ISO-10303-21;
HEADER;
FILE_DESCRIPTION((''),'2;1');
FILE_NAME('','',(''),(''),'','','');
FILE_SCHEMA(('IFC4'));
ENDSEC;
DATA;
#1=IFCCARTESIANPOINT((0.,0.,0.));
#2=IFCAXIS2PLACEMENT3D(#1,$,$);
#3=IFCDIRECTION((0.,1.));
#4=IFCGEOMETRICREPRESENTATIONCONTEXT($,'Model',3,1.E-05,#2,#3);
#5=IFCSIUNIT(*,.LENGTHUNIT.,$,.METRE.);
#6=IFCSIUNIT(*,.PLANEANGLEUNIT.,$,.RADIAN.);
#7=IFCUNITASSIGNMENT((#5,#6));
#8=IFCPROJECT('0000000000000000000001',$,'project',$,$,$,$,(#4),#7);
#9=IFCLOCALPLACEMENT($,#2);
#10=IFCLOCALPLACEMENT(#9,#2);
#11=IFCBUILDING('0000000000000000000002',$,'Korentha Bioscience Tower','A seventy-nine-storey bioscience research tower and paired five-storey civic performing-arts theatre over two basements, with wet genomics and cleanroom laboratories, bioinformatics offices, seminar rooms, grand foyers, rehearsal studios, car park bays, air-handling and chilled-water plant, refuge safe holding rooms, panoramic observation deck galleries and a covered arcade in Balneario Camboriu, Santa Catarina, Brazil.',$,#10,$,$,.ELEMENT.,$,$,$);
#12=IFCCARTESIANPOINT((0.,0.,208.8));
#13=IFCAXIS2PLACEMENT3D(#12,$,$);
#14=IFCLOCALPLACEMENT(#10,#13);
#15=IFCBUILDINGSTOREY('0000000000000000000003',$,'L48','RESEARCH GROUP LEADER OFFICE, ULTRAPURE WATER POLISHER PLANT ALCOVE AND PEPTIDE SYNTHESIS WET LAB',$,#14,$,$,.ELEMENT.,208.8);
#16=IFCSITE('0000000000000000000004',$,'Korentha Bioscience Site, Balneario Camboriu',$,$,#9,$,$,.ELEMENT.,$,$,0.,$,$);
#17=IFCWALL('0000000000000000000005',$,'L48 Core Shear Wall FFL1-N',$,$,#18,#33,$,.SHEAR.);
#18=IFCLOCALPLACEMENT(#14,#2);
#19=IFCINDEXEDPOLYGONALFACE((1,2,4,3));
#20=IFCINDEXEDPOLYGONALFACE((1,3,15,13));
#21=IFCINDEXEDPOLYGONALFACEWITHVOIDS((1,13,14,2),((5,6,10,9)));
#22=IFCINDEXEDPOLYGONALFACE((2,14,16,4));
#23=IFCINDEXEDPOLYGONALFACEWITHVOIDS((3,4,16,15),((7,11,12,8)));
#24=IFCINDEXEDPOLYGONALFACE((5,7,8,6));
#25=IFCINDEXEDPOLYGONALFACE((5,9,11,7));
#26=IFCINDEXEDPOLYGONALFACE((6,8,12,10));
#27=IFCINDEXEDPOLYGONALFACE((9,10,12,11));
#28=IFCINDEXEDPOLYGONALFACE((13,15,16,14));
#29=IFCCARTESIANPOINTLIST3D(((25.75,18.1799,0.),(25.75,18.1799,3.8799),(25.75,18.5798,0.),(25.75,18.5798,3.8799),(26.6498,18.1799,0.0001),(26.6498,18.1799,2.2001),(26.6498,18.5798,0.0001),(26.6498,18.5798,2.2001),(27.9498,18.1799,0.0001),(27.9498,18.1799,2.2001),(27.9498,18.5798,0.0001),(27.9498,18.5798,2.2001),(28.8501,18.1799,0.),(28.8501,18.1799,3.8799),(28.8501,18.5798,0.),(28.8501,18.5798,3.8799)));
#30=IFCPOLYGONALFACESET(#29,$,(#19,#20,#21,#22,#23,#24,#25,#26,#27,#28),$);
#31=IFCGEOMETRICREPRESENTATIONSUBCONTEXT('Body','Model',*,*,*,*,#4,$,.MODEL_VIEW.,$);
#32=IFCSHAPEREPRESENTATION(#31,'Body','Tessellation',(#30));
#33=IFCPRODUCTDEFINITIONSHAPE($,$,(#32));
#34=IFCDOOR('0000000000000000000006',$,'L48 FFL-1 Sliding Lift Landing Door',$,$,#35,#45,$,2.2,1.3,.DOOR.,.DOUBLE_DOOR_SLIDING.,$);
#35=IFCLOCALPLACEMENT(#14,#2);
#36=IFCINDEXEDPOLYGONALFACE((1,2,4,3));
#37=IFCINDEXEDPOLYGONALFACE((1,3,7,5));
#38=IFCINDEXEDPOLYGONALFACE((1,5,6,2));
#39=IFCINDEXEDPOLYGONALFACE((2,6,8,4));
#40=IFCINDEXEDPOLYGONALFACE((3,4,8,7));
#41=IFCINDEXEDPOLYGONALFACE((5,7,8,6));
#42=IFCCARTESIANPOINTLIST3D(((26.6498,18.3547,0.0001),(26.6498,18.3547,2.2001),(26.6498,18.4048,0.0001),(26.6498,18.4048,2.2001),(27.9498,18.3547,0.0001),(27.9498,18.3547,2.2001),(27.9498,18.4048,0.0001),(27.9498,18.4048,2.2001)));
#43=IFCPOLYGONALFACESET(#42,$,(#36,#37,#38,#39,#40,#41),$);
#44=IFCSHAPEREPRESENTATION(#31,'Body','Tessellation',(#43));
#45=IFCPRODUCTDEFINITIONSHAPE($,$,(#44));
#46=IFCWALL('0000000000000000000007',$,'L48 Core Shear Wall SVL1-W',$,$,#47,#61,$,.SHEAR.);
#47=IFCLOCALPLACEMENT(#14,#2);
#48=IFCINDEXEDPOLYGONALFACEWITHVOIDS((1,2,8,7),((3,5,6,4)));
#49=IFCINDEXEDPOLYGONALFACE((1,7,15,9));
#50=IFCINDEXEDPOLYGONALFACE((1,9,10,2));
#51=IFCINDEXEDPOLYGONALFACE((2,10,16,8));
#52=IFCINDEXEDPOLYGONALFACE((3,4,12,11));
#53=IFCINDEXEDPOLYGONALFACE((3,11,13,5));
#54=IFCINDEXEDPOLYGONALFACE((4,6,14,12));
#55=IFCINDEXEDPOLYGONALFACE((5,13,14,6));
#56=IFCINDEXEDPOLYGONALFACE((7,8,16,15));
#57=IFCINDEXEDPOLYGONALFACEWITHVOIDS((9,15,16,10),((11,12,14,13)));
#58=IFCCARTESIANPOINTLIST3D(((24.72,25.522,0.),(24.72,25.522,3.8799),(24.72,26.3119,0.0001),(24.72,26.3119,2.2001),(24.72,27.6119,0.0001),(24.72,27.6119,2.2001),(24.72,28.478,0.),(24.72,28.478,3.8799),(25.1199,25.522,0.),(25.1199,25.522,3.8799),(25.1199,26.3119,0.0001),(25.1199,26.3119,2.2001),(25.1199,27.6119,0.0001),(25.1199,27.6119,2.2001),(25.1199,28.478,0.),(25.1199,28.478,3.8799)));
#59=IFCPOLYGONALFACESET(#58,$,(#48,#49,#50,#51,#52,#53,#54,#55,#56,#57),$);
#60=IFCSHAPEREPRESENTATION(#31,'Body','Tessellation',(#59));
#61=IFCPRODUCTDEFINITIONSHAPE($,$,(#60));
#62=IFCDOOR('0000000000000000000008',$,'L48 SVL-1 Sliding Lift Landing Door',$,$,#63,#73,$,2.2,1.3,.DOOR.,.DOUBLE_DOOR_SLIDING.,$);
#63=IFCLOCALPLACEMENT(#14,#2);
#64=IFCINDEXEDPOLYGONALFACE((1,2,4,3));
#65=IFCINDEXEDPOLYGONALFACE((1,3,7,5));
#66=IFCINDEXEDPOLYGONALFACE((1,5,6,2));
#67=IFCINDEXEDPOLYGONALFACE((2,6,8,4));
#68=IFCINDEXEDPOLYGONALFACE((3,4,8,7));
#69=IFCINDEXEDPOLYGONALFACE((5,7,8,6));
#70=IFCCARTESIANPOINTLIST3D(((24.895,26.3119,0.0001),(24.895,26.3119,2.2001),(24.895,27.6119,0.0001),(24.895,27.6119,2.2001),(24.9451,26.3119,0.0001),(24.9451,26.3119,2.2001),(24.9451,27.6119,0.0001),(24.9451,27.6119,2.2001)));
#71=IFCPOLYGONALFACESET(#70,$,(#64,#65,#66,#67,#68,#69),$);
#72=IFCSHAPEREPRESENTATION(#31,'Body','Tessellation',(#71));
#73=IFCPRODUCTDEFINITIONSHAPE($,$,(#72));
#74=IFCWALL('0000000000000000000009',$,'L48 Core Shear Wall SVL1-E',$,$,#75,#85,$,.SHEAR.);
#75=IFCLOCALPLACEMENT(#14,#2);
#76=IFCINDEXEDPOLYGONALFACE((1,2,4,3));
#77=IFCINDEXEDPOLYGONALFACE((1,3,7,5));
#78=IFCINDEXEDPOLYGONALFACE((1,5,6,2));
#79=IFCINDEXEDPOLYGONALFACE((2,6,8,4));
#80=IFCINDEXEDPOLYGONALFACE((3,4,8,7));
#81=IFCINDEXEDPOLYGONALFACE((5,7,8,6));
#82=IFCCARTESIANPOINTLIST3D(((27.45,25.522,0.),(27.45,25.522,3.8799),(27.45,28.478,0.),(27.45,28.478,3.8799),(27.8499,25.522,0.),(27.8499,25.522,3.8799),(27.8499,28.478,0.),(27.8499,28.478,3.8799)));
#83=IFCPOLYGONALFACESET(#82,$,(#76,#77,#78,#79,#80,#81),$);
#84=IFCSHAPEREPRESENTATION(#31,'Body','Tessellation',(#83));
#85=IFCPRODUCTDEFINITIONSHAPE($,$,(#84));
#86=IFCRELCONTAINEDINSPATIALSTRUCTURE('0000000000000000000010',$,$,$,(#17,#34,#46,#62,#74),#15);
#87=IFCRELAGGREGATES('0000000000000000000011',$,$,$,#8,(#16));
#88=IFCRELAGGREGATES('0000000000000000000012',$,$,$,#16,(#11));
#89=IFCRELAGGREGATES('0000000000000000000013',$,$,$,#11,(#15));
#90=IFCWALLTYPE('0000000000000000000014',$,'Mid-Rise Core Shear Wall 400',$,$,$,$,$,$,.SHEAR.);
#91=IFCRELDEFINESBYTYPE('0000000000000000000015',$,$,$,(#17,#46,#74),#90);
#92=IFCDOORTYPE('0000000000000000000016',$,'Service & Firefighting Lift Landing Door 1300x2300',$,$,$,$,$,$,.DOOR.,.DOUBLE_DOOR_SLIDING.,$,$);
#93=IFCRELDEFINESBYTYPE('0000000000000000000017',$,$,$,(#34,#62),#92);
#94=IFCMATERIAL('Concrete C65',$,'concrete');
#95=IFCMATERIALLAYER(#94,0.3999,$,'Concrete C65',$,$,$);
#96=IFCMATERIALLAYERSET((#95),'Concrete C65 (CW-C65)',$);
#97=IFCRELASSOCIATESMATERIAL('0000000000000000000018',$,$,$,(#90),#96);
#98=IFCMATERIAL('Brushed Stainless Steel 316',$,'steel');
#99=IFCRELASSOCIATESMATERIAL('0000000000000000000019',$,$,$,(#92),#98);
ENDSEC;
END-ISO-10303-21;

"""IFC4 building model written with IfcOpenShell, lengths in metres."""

from ifc_helpers import new_model, si_unit, direction, frame, frame_2d, origin, place, context, subcontext, project, spatial, rectangle, extrude, material, layer, layer_set, type_object, element, fill, save


model = new_model("IFC4")

# Units and contexts
model_context = context("Model", 3, precision=1e-05, world=origin(), true_north=direction((0.0, 1.0)))
body_context = subcontext(model_context, "Body", "Model", "MODEL_VIEW")
ifc_project = project(units=[si_unit("LENGTHUNIT", "METRE"), si_unit("PLANEANGLEUNIT", "RADIAN")], contexts=[model_context])

# Site, building, storey
site_placement = place(None, origin())
site = spatial("IfcSite", under=ifc_project, at=site_placement, Name="Korentha Bioscience Site, Balneario Camboriu", CompositionType="ELEMENT", RefElevation=0.0)
building_placement = place(site_placement, origin())
building = spatial("IfcBuilding", under=site, at=building_placement, Name="Korentha Bioscience Tower", Description="A seventy-nine-storey bioscience research tower and paired five-storey civic performing-arts theatre over two basements, with wet genomics and cleanroom laboratories, bioinformatics offices, seminar rooms, grand foyers, rehearsal studios, car park bays, air-handling and chilled-water plant, refuge safe holding rooms, panoramic observation deck galleries and a covered arcade in Balneario Camboriu, Santa Catarina, Brazil.", CompositionType="ELEMENT")
storey_placement = place(building_placement, frame((0.0, 0.0, 208.8)))
storey = spatial("IfcBuildingStorey", under=building, at=storey_placement, Name="L48", Description="RESEARCH GROUP LEADER OFFICE, ULTRAPURE WATER POLISHER PLANT ALCOVE AND PEPTIDE SYNTHESIS WET LAB", CompositionType="ELEMENT", Elevation=208.8)

# Shared definitions
ifc_material_1 = material(Name="Concrete C65", Category="concrete")
ifc_layer_1 = layer(ifc_material_1, 0.3999, Name="Concrete C65")
ifc_layer_set_1 = layer_set([ifc_layer_1], Name="Concrete C65 (CW-C65)")
wall_type_1 = type_object("IfcWallType", Name="Mid-Rise Core Shear Wall 400", PredefinedType="SHEAR", material=ifc_layer_set_1)

# Walls, openings, doors
wall_1_placement = place(storey_placement, frame((25.75, 18.3799, 0.0), z_axis=(0.0, 0.0, 1.0), x_axis=(1.0, 0.0, 0.0)))
wall_1 = element("IfcWall", 1, at=wall_1_placement, inside=storey, type_object=wall_type_1, Name="L48 Core Shear Wall FFL1-N", PredefinedType="SHEAR", context=body_context, shape_type="SweptSolid", body=[
    extrude(rectangle(XDim=3.1001, YDim=0.3999, at=frame_2d((1.55, 0.0))), origin(), (0.0, 0.0, 1.0), 3.8799),
])
opening_1_placement = place(wall_1_placement, frame((0.8999, 0.0, 0.0)))
opening_1 = element("IfcOpeningElement", 2, at=opening_1_placement, cuts=wall_1, PredefinedType="OPENING", context=body_context, shape_type="SweptSolid", body=[
    extrude(rectangle(XDim=1.3, YDim=2.2, at=frame_2d((0.6499, 1.1001))), frame((0.0, 0.2148, 0.0), z_axis=(0.0, -1.0, 0.0), x_axis=(1.0, 0.0, 0.0)), (0.0, 0.0, 1.0), 0.4297),
])
ifc_material_2 = material(Name="Brushed Stainless Steel 316", Category="steel")
door_type_1 = type_object("IfcDoorType", Name="Service & Firefighting Lift Landing Door 1300x2300", OperationType="DOUBLE_DOOR_SLIDING", PredefinedType="DOOR", material=ifc_material_2)
door_1_placement = place(opening_1_placement, origin())
door_1 = element("IfcDoor", 3, at=door_1_placement, inside=storey, type_object=door_type_1, Name="L48 FFL-1 Sliding Lift Landing Door", OperationType="DOUBLE_DOOR_SLIDING", OverallHeight=2.2, OverallWidth=1.3, PredefinedType="DOOR", context=body_context, shape_type="SweptSolid", body=[
    extrude(rectangle(XDim=1.3, YDim=2.2, at=frame_2d((0.6499, 1.1001))), frame((0.0, 0.0249, 0.0), z_axis=(0.0, -1.0, 0.0), x_axis=(1.0, 0.0, 0.0)), (0.0, 0.0, 1.0), 0.05),
])
fill(opening_1, door_1)
wall_2_placement = place(storey_placement, frame((24.9199, 25.522, 0.0), z_axis=(0.0, 0.0, 1.0), x_axis=(0.0, 1.0, 0.0)))
wall_2 = element("IfcWall", 4, at=wall_2_placement, inside=storey, type_object=wall_type_1, Name="L48 Core Shear Wall SVL1-W", PredefinedType="SHEAR", context=body_context, shape_type="SweptSolid", body=[
    extrude(rectangle(XDim=2.9561, YDim=0.3999, at=frame_2d((1.478, 0.0))), origin(), (0.0, 0.0, 1.0), 3.8799),
])
opening_2_placement = place(wall_2_placement, frame((0.79, 0.0, 0.0)))
opening_2 = element("IfcOpeningElement", 5, at=opening_2_placement, cuts=wall_2, PredefinedType="OPENING", context=body_context, shape_type="SweptSolid", body=[
    extrude(rectangle(XDim=1.3, YDim=2.2, at=frame_2d((0.6499, 1.1001))), frame((0.0, 0.2148, 0.0), z_axis=(0.0, -1.0, 0.0), x_axis=(1.0, 0.0, 0.0)), (0.0, 0.0, 1.0), 0.4297),
])
door_2_placement = place(opening_2_placement, origin())
door_2 = element("IfcDoor", 6, at=door_2_placement, inside=storey, type_object=door_type_1, Name="L48 SVL-1 Sliding Lift Landing Door", OperationType="DOUBLE_DOOR_SLIDING", OverallHeight=2.2, OverallWidth=1.3, PredefinedType="DOOR", context=body_context, shape_type="SweptSolid", body=[
    extrude(rectangle(XDim=1.3, YDim=2.2, at=frame_2d((0.6499, 1.1001))), frame((0.0, 0.0249, 0.0), z_axis=(0.0, -1.0, 0.0), x_axis=(1.0, 0.0, 0.0)), (0.0, 0.0, 1.0), 0.05),
])
fill(opening_2, door_2)

# Wall
wall_3_placement = place(storey_placement, frame((27.6499, 25.522, 0.0), z_axis=(0.0, 0.0, 1.0), x_axis=(0.0, 1.0, 0.0)))
element("IfcWall", 7, at=wall_3_placement, inside=storey, type_object=wall_type_1, Name="L48 Core Shear Wall SVL1-E", PredefinedType="SHEAR", context=body_context, shape_type="SweptSolid", body=[
    extrude(rectangle(XDim=2.9561, YDim=0.3999, at=frame_2d((1.478, 0.0))), origin(), (0.0, 0.0, 1.0), 3.8799),
])

save(model, "model.ifc")
